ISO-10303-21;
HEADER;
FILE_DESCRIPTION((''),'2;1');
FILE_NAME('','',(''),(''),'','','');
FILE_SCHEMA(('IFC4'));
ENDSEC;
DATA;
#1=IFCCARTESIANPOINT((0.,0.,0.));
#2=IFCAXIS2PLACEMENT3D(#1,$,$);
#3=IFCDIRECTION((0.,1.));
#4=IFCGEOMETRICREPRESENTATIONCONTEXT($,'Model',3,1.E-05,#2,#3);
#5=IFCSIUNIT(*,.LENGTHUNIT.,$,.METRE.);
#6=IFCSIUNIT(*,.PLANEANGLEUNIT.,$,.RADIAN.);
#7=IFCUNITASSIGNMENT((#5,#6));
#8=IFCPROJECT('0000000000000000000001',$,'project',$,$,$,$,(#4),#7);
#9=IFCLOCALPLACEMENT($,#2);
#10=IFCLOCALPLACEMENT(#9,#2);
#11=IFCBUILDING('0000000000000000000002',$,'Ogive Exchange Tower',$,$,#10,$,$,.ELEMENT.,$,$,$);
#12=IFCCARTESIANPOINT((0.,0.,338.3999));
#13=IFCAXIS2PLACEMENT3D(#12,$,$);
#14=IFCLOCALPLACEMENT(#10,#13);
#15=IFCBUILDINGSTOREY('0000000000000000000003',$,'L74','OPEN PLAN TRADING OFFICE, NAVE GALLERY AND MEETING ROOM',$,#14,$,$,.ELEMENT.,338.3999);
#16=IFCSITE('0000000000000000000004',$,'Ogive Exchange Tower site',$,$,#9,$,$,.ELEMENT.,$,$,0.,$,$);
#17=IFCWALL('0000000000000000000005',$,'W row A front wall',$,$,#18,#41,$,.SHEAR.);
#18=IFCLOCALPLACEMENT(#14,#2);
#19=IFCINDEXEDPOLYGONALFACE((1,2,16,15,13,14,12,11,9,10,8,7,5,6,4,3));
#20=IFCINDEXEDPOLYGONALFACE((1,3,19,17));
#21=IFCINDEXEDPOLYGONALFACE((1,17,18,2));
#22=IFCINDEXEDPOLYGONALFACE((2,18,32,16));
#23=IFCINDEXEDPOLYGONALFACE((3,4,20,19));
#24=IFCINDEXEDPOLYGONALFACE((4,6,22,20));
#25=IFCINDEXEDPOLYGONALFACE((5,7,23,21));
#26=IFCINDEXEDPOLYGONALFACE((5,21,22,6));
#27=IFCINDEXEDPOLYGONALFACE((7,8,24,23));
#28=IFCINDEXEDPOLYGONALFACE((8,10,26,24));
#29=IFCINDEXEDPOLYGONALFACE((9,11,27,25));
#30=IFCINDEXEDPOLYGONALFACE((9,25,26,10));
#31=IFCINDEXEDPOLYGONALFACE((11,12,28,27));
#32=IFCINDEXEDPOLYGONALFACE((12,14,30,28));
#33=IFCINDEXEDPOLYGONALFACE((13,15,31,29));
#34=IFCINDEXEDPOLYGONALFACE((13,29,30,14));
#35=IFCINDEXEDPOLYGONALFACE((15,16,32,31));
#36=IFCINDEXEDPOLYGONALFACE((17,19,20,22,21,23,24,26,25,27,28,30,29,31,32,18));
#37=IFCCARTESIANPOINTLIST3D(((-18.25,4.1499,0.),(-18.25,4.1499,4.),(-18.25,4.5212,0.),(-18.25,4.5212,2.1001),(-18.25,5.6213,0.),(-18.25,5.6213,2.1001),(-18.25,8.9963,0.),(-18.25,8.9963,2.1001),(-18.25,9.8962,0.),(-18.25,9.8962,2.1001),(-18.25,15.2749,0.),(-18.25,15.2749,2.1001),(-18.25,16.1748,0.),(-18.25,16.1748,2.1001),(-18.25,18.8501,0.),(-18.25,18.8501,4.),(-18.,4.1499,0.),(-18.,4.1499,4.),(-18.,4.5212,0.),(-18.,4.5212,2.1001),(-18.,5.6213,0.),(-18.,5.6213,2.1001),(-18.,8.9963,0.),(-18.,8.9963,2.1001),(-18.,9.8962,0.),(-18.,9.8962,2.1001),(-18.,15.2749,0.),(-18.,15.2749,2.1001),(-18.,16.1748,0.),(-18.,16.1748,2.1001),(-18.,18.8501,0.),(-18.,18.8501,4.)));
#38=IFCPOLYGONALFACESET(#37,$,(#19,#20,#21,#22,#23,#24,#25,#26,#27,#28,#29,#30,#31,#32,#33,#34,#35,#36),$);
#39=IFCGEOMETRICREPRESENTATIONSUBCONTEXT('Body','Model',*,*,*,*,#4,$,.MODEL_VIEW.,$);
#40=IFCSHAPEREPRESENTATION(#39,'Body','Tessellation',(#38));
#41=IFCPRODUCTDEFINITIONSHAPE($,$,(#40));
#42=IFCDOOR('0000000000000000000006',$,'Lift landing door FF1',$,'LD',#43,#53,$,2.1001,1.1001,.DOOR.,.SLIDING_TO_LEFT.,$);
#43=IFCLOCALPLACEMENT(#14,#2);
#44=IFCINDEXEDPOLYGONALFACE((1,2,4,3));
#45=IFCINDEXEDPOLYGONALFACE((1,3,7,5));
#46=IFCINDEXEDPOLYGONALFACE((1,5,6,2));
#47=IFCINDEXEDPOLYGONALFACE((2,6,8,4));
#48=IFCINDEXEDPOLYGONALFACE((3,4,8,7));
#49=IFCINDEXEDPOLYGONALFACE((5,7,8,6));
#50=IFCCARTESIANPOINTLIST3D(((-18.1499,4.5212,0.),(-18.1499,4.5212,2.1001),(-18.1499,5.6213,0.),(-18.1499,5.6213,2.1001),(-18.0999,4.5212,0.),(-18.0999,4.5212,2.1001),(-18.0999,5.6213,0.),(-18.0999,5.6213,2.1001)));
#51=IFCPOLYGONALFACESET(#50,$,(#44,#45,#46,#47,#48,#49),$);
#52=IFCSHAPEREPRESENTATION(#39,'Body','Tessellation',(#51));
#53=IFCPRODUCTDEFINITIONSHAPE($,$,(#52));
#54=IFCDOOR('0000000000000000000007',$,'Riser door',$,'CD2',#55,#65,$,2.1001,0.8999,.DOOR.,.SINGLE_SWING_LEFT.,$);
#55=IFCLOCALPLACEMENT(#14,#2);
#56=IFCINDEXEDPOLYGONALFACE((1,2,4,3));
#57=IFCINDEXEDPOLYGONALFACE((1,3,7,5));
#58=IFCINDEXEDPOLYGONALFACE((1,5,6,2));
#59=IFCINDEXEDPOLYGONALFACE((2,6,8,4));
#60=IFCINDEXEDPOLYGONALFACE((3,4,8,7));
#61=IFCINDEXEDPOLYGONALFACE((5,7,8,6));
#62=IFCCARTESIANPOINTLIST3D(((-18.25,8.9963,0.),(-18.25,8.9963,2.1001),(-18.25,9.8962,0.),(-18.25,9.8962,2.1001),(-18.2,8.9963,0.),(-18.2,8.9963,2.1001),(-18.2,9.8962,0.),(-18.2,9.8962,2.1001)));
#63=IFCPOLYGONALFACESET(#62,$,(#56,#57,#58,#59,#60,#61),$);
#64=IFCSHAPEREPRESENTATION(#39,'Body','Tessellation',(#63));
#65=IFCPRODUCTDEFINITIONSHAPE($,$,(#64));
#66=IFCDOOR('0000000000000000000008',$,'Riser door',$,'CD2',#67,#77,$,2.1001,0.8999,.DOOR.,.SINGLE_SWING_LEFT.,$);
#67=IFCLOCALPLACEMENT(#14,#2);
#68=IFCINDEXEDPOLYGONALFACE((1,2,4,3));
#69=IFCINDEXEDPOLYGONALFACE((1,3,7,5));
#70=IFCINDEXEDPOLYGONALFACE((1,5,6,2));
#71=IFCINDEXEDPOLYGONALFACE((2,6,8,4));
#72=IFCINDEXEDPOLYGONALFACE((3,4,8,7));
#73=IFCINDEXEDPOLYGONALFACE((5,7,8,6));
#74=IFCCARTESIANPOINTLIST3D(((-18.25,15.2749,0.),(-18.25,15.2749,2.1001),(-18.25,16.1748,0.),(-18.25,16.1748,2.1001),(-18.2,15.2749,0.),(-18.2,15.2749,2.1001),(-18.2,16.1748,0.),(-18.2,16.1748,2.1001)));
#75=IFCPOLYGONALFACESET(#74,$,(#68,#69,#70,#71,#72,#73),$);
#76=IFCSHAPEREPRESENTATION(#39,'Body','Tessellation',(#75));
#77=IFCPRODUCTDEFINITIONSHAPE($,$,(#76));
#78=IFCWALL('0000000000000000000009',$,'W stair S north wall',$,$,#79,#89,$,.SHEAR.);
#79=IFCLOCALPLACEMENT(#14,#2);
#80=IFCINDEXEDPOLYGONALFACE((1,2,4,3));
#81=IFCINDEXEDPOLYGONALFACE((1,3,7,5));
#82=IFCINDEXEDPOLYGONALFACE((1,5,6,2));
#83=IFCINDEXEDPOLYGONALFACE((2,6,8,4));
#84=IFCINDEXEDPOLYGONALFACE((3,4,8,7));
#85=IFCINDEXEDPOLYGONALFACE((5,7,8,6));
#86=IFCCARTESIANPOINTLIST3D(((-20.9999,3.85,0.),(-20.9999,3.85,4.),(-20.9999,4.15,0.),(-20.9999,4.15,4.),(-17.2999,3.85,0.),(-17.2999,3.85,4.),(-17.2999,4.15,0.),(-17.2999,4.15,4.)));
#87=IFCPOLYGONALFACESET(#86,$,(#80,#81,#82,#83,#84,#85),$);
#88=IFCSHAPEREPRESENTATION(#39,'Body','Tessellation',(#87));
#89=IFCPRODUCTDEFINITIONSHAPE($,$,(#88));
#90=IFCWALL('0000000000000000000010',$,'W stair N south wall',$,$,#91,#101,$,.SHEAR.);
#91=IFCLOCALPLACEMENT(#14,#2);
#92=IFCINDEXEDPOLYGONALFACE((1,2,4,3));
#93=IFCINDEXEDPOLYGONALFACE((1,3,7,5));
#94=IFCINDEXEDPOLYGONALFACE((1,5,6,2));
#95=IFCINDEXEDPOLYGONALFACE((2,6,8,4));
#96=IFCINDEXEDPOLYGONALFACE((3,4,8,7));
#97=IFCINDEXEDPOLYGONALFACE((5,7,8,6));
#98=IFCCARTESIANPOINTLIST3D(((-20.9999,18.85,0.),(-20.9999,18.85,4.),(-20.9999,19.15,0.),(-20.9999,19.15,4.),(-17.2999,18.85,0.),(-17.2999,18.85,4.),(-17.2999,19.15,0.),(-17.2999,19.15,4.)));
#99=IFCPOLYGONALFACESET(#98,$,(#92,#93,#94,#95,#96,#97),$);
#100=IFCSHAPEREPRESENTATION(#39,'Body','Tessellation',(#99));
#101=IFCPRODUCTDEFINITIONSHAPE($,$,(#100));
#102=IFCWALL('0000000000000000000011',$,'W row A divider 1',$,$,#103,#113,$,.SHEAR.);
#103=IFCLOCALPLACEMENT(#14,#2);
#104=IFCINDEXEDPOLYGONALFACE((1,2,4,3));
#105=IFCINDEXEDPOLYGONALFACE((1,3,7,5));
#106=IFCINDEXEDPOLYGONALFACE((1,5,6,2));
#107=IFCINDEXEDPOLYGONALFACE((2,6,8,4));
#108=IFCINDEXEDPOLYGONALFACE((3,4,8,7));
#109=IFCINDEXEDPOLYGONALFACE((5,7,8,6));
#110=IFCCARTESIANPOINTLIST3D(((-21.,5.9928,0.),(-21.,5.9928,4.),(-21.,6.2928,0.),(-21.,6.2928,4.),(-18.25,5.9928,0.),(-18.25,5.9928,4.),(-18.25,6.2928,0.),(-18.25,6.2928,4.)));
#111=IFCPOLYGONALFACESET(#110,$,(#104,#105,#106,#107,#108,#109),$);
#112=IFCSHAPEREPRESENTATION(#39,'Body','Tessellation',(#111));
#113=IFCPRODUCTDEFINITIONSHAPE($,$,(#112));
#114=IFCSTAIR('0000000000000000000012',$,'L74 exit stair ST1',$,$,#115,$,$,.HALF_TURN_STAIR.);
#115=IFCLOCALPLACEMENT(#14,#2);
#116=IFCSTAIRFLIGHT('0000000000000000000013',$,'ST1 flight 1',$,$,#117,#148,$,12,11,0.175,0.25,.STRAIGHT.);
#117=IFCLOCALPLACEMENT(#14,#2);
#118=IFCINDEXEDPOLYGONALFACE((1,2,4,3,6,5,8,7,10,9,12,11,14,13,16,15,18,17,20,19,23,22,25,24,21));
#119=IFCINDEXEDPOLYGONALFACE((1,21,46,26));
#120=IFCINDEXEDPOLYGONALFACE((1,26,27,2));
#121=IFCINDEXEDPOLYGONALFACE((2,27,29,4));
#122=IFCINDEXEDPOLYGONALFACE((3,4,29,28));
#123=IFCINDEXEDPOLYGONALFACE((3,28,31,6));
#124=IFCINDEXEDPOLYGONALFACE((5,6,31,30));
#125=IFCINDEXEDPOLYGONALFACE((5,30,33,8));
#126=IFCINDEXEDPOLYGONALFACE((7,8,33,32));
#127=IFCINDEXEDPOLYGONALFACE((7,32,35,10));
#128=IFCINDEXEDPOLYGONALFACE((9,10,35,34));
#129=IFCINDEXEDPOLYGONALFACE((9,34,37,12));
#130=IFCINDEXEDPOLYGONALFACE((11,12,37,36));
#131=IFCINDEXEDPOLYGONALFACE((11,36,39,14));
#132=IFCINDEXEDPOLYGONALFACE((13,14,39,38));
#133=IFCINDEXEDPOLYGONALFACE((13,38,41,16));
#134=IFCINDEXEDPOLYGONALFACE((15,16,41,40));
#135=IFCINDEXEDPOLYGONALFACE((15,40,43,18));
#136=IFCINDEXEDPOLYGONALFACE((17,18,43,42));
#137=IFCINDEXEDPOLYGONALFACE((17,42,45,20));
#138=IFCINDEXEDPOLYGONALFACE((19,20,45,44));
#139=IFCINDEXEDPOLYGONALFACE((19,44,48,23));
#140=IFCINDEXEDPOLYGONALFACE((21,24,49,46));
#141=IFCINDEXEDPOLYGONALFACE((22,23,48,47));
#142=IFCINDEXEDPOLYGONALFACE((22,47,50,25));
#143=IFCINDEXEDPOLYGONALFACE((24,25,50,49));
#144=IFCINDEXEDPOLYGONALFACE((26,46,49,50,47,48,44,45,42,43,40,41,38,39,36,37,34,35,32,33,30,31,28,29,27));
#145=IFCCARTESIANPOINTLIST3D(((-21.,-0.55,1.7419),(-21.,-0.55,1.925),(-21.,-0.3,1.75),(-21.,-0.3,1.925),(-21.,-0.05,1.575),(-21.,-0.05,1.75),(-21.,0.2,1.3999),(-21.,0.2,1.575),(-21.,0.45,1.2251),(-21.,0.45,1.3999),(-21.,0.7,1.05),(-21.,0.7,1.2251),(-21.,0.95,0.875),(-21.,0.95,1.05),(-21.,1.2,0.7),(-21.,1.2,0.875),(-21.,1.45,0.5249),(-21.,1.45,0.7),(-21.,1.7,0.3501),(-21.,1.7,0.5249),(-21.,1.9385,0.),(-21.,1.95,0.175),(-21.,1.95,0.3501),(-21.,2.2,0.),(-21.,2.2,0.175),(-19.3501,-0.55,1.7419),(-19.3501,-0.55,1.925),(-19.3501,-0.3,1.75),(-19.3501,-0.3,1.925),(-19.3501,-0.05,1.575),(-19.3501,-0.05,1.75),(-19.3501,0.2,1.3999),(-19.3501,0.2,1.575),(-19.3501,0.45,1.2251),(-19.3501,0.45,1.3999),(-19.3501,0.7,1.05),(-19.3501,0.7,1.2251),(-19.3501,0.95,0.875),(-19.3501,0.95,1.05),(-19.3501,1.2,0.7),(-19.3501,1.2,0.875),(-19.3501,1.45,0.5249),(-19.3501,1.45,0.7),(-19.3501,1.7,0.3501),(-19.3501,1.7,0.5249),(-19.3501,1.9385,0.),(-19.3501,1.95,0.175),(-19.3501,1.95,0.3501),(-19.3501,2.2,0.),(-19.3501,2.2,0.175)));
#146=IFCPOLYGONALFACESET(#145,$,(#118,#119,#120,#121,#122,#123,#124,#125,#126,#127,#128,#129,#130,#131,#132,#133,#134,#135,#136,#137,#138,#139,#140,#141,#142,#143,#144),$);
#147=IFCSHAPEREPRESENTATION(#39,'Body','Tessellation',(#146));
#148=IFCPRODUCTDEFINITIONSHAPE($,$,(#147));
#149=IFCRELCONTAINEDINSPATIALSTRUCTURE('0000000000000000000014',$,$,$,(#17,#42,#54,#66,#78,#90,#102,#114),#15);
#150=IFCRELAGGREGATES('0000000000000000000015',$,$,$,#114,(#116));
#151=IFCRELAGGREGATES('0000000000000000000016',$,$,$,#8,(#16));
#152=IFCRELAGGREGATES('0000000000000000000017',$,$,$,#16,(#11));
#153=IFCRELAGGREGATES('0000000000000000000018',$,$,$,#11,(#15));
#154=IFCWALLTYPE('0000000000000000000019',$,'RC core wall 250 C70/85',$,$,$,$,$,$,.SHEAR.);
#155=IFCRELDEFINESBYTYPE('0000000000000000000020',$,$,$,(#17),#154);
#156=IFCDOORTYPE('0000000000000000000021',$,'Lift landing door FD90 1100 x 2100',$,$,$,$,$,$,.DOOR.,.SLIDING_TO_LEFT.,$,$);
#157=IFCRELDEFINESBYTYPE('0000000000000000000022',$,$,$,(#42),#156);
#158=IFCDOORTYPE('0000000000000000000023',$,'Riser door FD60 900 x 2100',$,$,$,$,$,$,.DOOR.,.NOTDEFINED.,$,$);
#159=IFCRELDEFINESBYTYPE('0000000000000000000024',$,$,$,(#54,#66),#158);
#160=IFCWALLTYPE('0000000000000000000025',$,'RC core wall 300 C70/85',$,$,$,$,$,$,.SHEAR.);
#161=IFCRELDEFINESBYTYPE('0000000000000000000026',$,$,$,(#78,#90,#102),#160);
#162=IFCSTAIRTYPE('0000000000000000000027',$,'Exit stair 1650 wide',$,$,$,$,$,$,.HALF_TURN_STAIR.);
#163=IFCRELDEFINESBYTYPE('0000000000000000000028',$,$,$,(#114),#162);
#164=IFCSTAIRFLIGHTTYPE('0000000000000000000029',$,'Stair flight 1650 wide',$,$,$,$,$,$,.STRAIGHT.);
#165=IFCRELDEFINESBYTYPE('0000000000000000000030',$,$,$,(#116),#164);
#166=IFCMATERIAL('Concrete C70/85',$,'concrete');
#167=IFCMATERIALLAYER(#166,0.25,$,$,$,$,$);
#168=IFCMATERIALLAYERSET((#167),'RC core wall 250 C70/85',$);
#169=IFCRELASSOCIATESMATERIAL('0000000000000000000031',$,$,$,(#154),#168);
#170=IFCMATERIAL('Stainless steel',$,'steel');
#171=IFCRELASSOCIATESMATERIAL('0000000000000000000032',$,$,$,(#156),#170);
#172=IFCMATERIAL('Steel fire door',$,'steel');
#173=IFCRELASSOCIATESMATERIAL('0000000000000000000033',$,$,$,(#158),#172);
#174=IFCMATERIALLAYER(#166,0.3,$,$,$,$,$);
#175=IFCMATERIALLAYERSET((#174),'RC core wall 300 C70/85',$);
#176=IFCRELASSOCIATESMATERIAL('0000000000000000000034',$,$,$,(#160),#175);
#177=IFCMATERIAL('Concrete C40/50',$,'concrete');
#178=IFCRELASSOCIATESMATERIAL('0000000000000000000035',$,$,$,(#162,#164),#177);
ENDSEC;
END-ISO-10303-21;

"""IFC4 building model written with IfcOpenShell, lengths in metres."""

from ifc_helpers import new_model, si_unit, direction, frame, frame_2d, origin, place, context, subcontext, project, spatial, polyline, rectangle, outline, extrude, material, layer, layer_set, type_object, element, fill, aggregate, save


model = new_model("IFC4")

# Units and contexts
model_context = context("Model", 3, precision=1e-05, world=origin(), true_north=direction((0.0, 1.0)))
body_context = subcontext(model_context, "Body", "Model", "MODEL_VIEW")
ifc_project = project(units=[si_unit("LENGTHUNIT", "METRE"), si_unit("PLANEANGLEUNIT", "RADIAN")], contexts=[model_context])

# Site, building, storey
site_placement = place(None, origin())
site = spatial("IfcSite", under=ifc_project, at=site_placement, Name="Ogive Exchange Tower site", CompositionType="ELEMENT", RefElevation=0.0)
building_placement = place(site_placement, origin())
building = spatial("IfcBuilding", under=site, at=building_placement, Name="Ogive Exchange Tower", CompositionType="ELEMENT")
storey_placement = place(building_placement, frame((0.0, 0.0, 338.3999)))
storey = spatial("IfcBuildingStorey", under=building, at=storey_placement, Name="L74", Description="OPEN PLAN TRADING OFFICE, NAVE GALLERY AND MEETING ROOM", CompositionType="ELEMENT", Elevation=338.3999)

# Wall, openings, doors
ifc_material_1 = material(Name="Concrete C70/85", Category="concrete")
ifc_layer_1 = layer(ifc_material_1, 0.25)
ifc_layer_set_1 = layer_set([ifc_layer_1], Name="RC core wall 250 C70/85")
wall_type_1 = type_object("IfcWallType", Name="RC core wall 250 C70/85", PredefinedType="SHEAR", material=ifc_layer_set_1)
wall_1_placement = place(storey_placement, frame((-18.125, 4.1499, 0.0), z_axis=(0.0, 0.0, 1.0), x_axis=(0.0, 1.0, 0.0)))
wall_1 = element("IfcWall", 1, at=wall_1_placement, inside=storey, type_object=wall_type_1, Name="W row A front wall", PredefinedType="SHEAR", context=body_context, shape_type="SweptSolid", body=[
    extrude(rectangle(XDim=14.7002, YDim=0.25, at=frame_2d((7.3501, 0.0))), origin(), (0.0, 0.0, 1.0), 4.0),
])
opening_1_placement = place(wall_1_placement, frame((4.8464, 0.0, 0.0)))
opening_1 = element("IfcOpeningElement", 2, at=opening_1_placement, cuts=wall_1, PredefinedType="OPENING", context=body_context, shape_type="SweptSolid", body=[
    extrude(rectangle(XDim=0.8999, YDim=2.1001, at=frame_2d((0.45, 1.05))), frame((0.0, 0.135, 0.0), z_axis=(0.0, -1.0, 0.0), x_axis=(1.0, 0.0, 0.0)), (0.0, 0.0, 1.0), 0.27),
])
opening_2_placement = place(wall_1_placement, frame((11.125, 0.0, 0.0)))
opening_2 = element("IfcOpeningElement", 3, at=opening_2_placement, cuts=wall_1, PredefinedType="OPENING", context=body_context, shape_type="SweptSolid", body=[
    extrude(rectangle(XDim=0.8999, YDim=2.1001, at=frame_2d((0.45, 1.05))), frame((0.0, 0.135, 0.0), z_axis=(0.0, -1.0, 0.0), x_axis=(1.0, 0.0, 0.0)), (0.0, 0.0, 1.0), 0.27),
])
opening_3_placement = place(wall_1_placement, frame((0.3713, 0.0, 0.0)))
opening_3 = element("IfcOpeningElement", 4, at=opening_3_placement, cuts=wall_1, PredefinedType="OPENING", context=body_context, shape_type="SweptSolid", body=[
    extrude(rectangle(XDim=1.1001, YDim=2.1001, at=frame_2d((0.55, 1.05))), frame((0.0, 0.135, 0.0), z_axis=(0.0, -1.0, 0.0), x_axis=(1.0, 0.0, 0.0)), (0.0, 0.0, 1.0), 0.27),
])
ifc_material_2 = material(Name="Stainless steel", Category="steel")
door_type_1 = type_object("IfcDoorType", Name="Lift landing door FD90 1100 x 2100", OperationType="SLIDING_TO_LEFT", PredefinedType="DOOR", material=ifc_material_2)
door_1_placement = place(opening_3_placement, origin())
door_1 = element("IfcDoor", 5, at=door_1_placement, inside=storey, type_object=door_type_1, Name="Lift landing door FF1", ObjectType="LD", OperationType="SLIDING_TO_LEFT", OverallHeight=2.1001, OverallWidth=1.1001, PredefinedType="DOOR", context=body_context, shape_type="SweptSolid", body=[
    extrude(rectangle(XDim=1.1001, YDim=2.1001, at=frame_2d((0.55, 1.05))), frame((0.0, 0.0249, 0.0), z_axis=(0.0, -1.0, 0.0), x_axis=(1.0, 0.0, 0.0)), (0.0, 0.0, 1.0), 0.05),
])
fill(opening_3, door_1)
ifc_material_3 = material(Name="Steel fire door", Category="steel")
door_type_2 = type_object("IfcDoorType", Name="Riser door FD60 900 x 2100", OperationType="NOTDEFINED", PredefinedType="DOOR", material=ifc_material_3)
door_2_placement = place(opening_1_placement, origin())
door_2 = element("IfcDoor", 6, at=door_2_placement, inside=storey, type_object=door_type_2, Name="Riser door", ObjectType="CD2", OperationType="SINGLE_SWING_LEFT", OverallHeight=2.1001, OverallWidth=0.8999, PredefinedType="DOOR", context=body_context, shape_type="SweptSolid", body=[
    extrude(rectangle(XDim=0.8999, YDim=2.1001, at=frame_2d((0.45, 1.05))), frame((0.0, 0.125, 0.0), z_axis=(0.0, -1.0, 0.0), x_axis=(1.0, 0.0, 0.0)), (0.0, 0.0, 1.0), 0.05),
])
fill(opening_1, door_2)
door_3_placement = place(opening_2_placement, origin())
door_3 = element("IfcDoor", 7, at=door_3_placement, inside=storey, type_object=door_type_2, Name="Riser door", ObjectType="CD2", OperationType="SINGLE_SWING_LEFT", OverallHeight=2.1001, OverallWidth=0.8999, PredefinedType="DOOR", context=body_context, shape_type="SweptSolid", body=[
    extrude(rectangle(XDim=0.8999, YDim=2.1001, at=frame_2d((0.45, 1.05))), frame((0.0, 0.125, 0.0), z_axis=(0.0, -1.0, 0.0), x_axis=(1.0, 0.0, 0.0)), (0.0, 0.0, 1.0), 0.05),
])
fill(opening_2, door_3)

# Walls
ifc_layer_2 = layer(ifc_material_1, 0.3)
ifc_layer_set_2 = layer_set([ifc_layer_2], Name="RC core wall 300 C70/85")
wall_type_2 = type_object("IfcWallType", Name="RC core wall 300 C70/85", PredefinedType="SHEAR", material=ifc_layer_set_2)
for number, where, z_axis, x_axis, name in (
    (8, (-21.0, 4.0, 0.0), (0.0, 0.0, 1.0), (1.0, 0.0, 0.0), "W stair S north wall"),
    (9, (-21.0, 19.0, 0.0), (0.0, 0.0, 1.0), (1.0, 0.0, 0.0), "W stair N south wall"),
):
    element("IfcWall", number, at=place(storey_placement, frame(where, z_axis=z_axis, x_axis=x_axis)), inside=storey, type_object=wall_type_2, Name=name, PredefinedType="SHEAR", context=body_context, shape_type="SweptSolid", body=[
        extrude(rectangle(XDim=3.7, YDim=0.3, at=frame_2d((1.8501, 0.0))), origin(), (0.0, 0.0, 1.0), 4.0),
    ])
wall_2_placement = place(storey_placement, frame((-21.0, 6.1428, 0.0), z_axis=(0.0, 0.0, 1.0), x_axis=(1.0, 0.0, 0.0)))
element("IfcWall", 10, at=wall_2_placement, inside=storey, type_object=wall_type_2, Name="W row A divider 1", PredefinedType="SHEAR", context=body_context, shape_type="SweptSolid", body=[
    extrude(rectangle(XDim=2.75, YDim=0.3, at=frame_2d((1.375, 0.0))), origin(), (0.0, 0.0, 1.0), 4.0),
])

# Stair, stair flight
ifc_material_4 = material(Name="Concrete C40/50", Category="concrete")
stair_type = type_object("IfcStairType", Name="Exit stair 1650 wide", PredefinedType="HALF_TURN_STAIR", material=ifc_material_4)
stair_1_placement = place(storey_placement, origin())
stair_1 = element("IfcStair", 11, at=stair_1_placement, inside=storey, type_object=stair_type, Name="L74 exit stair ST1", PredefinedType="HALF_TURN_STAIR")
stair_flight_type = type_object("IfcStairFlightType", Name="Stair flight 1650 wide", PredefinedType="STRAIGHT", material=ifc_material_4)
stair_flight_1_placement = place(storey_placement, frame((-20.175, 2.2, 0.0), z_axis=(0.0, 0.0, 1.0), x_axis=(0.0, -1.0, 0.0)))
stair_flight_1 = element("IfcStairFlight", 12, at=stair_flight_1_placement, type_object=stair_flight_type, Name="ST1 flight 1", NumberOfRisers=12, NumberOfTreads=11, PredefinedType="STRAIGHT", RiserHeight=0.175, TreadLength=0.25, context=body_context, shape_type="SweptSolid", body=[
    extrude(outline(polyline([(0.0, 0.0), (0.0, 0.175), (0.25, 0.175), (0.25, 0.3501), (0.5, 0.3501), (0.5, 0.5249), (0.75, 0.5249), (0.75, 0.7), (1.0, 0.7), (1.0, 0.875), (1.25, 0.875), (1.25, 1.05), (1.5, 1.05), (1.5, 1.2251), (1.75, 1.2251), (1.75, 1.3999), (2.0, 1.3999), (2.0, 1.575), (2.25, 1.575), (2.25, 1.75), (2.5, 1.75), (2.5, 1.925), (2.75, 1.925), (2.75, 2.1001), (2.75, 1.7419), (0.2615, 0.0), (0.0, 0.0)])), frame((0.0, 0.825, 0.0), z_axis=(0.0, -1.0, 0.0), x_axis=(1.0, 0.0, 0.0)), (0.0, 0.0, 1.0), 1.6499),
])
aggregate(stair_1, [stair_flight_1])

save(model, "model.ifc")
